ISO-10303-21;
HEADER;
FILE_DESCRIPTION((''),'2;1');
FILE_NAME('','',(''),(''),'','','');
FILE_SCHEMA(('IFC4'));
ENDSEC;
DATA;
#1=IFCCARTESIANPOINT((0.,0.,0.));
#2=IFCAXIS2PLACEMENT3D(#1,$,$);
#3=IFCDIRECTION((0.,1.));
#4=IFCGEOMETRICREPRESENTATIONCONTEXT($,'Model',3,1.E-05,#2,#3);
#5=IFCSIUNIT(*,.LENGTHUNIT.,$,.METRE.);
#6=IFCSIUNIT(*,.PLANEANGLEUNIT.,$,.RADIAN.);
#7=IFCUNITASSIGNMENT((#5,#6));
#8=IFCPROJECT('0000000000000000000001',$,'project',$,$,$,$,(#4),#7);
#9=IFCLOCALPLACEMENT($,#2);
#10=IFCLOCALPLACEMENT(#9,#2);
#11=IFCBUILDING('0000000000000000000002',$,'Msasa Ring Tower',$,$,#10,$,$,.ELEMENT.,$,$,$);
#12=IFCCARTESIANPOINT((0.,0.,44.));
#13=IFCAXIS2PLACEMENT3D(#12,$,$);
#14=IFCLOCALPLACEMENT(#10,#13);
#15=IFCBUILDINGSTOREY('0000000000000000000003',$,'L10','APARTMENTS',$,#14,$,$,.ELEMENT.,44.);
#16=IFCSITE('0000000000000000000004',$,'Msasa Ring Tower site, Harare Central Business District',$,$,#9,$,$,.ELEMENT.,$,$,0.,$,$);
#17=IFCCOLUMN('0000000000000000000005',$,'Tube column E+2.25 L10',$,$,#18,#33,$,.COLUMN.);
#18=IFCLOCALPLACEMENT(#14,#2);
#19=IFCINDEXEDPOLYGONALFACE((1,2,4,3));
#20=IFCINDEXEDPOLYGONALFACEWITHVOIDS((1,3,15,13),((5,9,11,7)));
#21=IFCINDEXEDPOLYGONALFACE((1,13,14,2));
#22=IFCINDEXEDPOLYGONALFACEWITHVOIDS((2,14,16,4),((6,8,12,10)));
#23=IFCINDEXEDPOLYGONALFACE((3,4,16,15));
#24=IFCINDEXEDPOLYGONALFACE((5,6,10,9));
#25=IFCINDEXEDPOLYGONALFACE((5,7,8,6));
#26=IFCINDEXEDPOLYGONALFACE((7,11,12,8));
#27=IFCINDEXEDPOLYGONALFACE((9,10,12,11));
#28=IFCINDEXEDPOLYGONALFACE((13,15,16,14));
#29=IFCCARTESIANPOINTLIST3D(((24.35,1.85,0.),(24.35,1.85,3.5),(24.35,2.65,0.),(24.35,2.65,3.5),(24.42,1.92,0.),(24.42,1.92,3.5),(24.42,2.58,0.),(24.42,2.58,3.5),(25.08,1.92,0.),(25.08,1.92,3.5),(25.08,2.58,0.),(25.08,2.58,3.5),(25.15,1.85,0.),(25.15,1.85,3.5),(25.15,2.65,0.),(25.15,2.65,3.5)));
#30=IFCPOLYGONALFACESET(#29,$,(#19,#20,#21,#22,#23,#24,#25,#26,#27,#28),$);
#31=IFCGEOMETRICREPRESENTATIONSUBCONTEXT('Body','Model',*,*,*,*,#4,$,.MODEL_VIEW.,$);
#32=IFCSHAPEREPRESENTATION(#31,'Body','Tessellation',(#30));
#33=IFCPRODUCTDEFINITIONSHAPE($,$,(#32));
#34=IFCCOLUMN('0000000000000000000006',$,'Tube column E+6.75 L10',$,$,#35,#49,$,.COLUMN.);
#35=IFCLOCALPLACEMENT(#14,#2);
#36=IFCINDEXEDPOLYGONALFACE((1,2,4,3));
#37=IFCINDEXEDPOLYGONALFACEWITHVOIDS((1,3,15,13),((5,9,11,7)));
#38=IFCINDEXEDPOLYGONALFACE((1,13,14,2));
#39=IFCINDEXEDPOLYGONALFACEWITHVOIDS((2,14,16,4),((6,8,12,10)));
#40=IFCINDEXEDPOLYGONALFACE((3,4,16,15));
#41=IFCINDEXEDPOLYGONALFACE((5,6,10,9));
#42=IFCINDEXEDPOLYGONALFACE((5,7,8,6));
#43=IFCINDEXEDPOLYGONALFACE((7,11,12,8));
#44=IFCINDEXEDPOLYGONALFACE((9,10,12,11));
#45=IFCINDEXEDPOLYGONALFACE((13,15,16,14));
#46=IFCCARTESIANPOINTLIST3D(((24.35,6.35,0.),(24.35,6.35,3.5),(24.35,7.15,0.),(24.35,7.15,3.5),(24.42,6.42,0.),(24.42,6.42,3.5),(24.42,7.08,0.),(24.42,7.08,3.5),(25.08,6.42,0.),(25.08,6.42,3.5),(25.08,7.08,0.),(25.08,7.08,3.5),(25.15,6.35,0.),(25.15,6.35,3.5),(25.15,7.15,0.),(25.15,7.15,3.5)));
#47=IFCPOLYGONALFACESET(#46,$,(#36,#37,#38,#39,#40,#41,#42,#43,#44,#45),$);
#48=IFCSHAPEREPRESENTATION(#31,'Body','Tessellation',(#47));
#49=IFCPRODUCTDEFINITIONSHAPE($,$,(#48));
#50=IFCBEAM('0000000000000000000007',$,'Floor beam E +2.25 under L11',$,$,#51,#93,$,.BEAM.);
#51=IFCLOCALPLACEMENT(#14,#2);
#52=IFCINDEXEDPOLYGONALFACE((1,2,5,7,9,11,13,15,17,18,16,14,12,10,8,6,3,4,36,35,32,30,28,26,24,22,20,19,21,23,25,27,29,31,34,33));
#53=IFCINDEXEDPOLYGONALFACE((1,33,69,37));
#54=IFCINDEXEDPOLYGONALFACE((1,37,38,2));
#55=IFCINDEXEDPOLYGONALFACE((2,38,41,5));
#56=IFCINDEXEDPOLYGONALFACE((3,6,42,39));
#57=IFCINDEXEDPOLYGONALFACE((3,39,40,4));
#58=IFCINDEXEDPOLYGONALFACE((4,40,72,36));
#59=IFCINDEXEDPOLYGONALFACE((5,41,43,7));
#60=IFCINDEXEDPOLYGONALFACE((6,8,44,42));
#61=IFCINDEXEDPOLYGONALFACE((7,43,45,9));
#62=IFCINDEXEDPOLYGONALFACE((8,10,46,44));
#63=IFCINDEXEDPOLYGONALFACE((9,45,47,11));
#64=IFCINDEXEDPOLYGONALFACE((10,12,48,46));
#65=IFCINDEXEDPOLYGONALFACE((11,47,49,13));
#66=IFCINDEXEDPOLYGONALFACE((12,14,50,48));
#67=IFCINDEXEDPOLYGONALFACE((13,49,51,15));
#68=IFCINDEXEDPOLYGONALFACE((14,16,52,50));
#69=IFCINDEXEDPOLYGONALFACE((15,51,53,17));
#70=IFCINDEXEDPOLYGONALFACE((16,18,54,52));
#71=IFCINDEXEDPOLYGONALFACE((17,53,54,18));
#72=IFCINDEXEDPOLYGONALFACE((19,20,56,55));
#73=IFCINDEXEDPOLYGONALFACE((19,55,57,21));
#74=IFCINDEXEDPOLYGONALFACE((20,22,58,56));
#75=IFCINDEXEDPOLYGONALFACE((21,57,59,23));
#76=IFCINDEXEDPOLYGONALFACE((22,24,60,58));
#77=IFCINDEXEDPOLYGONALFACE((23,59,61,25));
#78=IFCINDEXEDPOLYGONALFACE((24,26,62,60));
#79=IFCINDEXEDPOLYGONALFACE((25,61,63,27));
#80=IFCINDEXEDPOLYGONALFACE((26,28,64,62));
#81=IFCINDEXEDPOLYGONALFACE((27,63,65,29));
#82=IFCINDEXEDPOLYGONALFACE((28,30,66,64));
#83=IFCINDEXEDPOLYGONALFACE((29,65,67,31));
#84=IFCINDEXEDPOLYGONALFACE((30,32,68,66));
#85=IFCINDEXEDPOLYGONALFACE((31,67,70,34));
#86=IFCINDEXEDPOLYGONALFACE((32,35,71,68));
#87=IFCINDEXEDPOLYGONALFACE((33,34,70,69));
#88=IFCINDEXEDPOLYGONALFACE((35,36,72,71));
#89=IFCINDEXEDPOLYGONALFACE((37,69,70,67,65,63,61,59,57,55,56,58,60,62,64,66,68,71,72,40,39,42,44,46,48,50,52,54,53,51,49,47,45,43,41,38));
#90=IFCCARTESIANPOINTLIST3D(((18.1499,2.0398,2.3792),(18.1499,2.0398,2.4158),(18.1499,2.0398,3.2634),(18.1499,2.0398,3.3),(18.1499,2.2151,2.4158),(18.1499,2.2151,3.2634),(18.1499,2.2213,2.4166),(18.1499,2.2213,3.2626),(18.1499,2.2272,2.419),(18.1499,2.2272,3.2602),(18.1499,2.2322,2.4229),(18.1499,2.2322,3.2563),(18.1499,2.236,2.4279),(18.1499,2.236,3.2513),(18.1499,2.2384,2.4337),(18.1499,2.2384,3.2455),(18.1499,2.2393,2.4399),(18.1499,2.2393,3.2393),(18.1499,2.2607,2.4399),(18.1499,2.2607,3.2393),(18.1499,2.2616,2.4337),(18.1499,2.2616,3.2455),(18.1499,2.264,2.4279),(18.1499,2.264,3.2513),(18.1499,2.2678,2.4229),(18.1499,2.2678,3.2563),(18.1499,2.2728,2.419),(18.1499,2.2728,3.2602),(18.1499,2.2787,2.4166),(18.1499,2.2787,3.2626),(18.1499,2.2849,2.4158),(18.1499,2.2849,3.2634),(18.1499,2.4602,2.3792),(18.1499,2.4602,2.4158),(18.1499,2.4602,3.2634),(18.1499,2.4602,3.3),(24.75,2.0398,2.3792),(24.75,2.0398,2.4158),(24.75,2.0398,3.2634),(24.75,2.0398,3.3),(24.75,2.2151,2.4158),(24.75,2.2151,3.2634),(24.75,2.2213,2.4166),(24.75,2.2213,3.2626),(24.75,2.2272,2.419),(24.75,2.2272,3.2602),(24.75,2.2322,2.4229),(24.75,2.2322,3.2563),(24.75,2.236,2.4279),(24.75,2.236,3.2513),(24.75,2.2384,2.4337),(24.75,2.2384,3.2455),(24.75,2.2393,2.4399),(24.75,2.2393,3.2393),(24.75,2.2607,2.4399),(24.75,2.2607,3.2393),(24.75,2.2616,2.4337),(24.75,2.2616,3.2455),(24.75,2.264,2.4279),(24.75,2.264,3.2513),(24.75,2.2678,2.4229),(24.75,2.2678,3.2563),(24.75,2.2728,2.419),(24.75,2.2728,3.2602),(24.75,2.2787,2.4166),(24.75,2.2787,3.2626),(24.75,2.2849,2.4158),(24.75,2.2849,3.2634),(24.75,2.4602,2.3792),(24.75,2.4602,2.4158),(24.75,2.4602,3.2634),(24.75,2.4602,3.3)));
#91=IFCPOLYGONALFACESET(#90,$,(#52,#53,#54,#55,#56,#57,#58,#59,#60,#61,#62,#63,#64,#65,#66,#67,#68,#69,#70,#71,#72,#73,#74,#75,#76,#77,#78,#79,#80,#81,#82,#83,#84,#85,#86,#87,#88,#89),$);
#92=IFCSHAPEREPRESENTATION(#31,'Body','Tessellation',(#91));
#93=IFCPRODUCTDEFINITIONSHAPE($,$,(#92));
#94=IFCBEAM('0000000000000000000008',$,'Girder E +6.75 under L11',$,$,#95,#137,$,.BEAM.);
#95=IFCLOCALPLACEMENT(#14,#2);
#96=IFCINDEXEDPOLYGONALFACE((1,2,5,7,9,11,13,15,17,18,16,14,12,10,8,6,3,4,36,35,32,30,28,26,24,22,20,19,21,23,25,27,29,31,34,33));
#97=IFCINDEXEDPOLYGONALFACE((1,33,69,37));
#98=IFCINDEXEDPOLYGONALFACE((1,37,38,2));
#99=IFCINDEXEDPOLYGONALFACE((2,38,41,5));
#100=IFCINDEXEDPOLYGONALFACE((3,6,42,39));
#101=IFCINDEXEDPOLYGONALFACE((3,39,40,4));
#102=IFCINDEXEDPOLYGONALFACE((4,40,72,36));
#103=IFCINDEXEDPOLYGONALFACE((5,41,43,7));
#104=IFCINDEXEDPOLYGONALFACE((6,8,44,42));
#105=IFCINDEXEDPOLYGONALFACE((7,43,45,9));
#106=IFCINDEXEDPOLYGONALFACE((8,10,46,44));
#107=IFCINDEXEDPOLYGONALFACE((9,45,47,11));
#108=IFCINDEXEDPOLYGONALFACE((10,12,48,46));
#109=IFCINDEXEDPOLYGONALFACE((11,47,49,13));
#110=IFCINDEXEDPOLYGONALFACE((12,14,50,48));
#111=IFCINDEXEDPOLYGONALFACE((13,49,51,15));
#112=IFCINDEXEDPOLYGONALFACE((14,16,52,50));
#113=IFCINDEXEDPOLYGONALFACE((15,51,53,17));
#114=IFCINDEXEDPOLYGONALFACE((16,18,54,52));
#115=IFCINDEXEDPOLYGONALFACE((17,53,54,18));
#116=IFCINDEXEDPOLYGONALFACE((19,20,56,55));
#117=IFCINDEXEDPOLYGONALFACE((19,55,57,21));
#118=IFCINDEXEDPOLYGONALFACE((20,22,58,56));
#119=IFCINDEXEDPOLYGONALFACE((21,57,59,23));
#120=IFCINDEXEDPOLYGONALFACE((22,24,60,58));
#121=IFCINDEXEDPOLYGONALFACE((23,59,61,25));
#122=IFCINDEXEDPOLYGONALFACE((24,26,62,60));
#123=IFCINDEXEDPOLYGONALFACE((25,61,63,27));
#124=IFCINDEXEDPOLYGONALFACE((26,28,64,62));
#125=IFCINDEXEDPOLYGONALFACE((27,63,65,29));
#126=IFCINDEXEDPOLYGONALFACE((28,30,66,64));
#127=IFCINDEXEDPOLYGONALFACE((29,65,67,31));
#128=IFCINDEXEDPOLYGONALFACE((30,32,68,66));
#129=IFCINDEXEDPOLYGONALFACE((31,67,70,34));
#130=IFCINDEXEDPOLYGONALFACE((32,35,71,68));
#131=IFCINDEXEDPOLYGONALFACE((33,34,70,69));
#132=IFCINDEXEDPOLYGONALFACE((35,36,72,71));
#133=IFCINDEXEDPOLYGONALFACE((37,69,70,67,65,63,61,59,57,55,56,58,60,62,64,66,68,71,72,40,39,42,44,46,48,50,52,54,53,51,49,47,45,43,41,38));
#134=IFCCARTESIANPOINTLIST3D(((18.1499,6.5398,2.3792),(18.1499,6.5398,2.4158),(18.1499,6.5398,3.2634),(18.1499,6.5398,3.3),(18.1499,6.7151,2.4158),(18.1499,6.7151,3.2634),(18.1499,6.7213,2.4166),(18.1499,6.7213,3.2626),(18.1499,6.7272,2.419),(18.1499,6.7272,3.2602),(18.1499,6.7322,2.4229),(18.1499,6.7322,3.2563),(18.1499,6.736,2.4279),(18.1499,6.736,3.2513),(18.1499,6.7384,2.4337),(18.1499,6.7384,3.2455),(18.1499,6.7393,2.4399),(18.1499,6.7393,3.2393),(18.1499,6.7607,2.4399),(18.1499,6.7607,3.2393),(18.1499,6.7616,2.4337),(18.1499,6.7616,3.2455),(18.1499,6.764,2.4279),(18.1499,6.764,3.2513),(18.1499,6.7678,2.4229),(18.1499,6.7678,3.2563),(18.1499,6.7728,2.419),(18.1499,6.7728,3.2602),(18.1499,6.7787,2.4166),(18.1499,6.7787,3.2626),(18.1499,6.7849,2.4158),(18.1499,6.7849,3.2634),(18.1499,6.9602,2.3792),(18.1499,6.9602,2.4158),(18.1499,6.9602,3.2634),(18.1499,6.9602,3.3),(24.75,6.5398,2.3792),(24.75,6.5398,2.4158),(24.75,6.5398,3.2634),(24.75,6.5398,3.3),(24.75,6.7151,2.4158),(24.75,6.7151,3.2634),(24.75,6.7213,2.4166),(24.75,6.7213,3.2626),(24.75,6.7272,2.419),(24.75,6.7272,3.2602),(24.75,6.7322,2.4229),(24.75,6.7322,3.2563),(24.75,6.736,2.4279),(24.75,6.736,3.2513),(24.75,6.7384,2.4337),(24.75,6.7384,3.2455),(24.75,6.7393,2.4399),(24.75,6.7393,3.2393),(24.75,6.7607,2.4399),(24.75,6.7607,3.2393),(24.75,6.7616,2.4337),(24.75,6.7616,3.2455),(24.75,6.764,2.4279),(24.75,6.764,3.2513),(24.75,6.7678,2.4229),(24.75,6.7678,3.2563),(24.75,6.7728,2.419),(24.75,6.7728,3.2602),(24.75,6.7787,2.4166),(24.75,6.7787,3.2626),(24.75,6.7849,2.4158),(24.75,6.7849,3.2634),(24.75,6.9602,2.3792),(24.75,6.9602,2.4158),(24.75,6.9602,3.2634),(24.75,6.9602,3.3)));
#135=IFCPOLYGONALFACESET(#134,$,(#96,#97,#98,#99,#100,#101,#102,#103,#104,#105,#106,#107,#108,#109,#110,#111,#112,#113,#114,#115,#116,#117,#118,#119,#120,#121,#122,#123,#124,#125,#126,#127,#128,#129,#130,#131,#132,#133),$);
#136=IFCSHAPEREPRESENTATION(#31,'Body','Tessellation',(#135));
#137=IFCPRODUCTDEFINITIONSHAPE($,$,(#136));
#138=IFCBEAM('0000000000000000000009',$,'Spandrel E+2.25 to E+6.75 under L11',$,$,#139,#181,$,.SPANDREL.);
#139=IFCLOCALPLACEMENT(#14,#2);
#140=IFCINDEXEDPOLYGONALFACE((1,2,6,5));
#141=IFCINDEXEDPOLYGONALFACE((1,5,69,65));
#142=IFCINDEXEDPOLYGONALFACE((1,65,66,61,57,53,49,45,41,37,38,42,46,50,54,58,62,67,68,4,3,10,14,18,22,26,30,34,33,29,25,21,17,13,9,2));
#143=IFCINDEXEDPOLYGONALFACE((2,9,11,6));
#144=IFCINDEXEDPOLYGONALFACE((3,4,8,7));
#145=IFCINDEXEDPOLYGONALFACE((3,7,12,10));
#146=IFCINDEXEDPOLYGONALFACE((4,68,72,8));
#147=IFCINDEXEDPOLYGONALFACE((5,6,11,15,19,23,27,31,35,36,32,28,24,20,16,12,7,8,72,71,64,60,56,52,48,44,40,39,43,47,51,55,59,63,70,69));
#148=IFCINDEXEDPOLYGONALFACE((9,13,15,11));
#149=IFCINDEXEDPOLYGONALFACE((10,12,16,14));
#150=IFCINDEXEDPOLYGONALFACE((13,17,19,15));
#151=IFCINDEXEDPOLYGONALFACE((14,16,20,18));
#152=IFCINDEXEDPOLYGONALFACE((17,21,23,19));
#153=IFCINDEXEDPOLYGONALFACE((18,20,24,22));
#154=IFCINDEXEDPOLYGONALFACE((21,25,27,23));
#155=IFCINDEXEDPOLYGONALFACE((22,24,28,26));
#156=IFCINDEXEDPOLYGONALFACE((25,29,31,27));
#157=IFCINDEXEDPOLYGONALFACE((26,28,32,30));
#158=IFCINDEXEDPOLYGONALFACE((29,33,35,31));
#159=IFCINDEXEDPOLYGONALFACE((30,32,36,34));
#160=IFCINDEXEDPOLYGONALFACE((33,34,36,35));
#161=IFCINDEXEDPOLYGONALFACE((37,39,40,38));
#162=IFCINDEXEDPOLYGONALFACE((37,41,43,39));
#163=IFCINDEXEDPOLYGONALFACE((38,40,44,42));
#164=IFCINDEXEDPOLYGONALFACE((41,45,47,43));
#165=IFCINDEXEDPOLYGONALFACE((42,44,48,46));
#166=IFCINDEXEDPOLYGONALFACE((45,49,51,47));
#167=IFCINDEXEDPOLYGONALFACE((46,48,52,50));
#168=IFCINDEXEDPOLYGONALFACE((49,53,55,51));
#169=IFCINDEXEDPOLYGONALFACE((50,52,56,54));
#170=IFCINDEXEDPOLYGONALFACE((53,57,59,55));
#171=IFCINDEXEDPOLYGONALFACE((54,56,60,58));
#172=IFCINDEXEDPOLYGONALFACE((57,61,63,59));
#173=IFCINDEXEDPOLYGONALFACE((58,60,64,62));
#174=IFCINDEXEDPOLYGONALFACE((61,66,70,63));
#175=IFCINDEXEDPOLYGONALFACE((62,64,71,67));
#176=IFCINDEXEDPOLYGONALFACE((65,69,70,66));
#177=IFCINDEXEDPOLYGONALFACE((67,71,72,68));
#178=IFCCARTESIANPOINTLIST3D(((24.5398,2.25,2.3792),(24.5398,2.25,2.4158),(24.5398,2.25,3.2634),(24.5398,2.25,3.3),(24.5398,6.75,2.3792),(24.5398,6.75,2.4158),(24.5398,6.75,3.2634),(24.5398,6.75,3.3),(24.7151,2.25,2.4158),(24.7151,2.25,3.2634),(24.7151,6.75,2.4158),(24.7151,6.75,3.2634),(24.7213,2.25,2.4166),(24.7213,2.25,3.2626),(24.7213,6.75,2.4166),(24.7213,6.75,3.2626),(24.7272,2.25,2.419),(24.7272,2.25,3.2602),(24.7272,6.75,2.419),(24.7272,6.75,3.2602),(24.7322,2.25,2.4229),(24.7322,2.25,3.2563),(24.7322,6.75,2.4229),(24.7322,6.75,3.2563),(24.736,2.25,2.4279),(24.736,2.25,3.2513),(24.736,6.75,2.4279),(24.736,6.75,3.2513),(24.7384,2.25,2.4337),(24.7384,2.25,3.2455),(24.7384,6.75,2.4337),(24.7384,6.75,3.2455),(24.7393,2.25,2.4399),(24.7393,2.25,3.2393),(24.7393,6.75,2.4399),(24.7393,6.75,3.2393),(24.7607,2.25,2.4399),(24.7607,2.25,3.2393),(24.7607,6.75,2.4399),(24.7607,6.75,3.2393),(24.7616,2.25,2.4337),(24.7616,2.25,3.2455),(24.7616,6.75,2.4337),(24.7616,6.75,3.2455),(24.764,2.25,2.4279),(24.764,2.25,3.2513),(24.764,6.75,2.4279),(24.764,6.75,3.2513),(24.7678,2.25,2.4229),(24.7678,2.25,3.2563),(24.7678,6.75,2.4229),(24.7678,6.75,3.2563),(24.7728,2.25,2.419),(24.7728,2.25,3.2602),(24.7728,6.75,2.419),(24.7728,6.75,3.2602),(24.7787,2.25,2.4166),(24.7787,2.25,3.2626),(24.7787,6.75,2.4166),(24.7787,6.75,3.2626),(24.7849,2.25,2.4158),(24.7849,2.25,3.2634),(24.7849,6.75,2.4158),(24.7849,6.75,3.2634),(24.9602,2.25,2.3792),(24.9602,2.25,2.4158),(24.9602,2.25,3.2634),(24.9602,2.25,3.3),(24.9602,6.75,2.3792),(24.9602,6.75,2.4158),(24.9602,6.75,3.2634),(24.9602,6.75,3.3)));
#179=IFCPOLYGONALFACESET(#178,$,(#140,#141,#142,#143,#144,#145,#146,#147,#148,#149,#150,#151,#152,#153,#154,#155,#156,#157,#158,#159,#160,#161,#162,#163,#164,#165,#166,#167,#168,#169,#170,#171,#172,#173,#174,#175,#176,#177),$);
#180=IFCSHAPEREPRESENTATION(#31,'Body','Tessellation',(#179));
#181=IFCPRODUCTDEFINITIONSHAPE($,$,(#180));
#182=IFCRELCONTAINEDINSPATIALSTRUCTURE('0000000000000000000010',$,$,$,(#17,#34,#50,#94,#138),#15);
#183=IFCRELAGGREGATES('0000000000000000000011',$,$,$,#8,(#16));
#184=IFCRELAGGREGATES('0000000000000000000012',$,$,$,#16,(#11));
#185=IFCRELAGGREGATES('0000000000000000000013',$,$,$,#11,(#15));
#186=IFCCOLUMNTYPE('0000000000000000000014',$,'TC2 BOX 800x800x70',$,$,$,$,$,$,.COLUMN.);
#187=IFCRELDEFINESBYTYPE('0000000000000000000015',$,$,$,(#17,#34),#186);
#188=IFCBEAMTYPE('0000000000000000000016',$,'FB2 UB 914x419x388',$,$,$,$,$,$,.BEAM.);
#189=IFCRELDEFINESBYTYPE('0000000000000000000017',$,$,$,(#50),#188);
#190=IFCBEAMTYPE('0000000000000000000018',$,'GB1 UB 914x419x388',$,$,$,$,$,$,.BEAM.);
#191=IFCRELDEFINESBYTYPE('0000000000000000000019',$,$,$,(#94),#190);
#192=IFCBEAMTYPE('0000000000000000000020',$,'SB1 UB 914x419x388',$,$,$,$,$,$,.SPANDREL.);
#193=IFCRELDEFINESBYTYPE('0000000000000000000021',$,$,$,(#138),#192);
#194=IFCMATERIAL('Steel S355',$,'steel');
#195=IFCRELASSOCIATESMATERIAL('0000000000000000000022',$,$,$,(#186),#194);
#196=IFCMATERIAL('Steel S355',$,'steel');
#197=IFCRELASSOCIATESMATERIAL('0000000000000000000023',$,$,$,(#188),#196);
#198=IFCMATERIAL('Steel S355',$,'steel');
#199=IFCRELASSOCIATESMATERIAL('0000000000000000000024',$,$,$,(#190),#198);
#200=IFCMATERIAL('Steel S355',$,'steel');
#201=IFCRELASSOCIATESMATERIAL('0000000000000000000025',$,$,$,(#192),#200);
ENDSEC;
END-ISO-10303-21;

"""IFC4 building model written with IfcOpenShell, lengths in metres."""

from ifc_helpers import new_model, si_unit, direction, frame, origin, origin_2d, place, context, subcontext, project, spatial, hollow_rectangle, i_section, extrude, material, material_profile, profile_set, type_object, element, save


model = new_model("IFC4")

# Units and contexts
model_context = context("Model", 3, precision=1e-05, world=origin(), true_north=direction((0.0, 1.0)))
body_context = subcontext(model_context, "Body", "Model", "MODEL_VIEW")
ifc_project = project(units=[si_unit("LENGTHUNIT", "METRE"), si_unit("PLANEANGLEUNIT", "RADIAN")], contexts=[model_context])

# Site, building, storey
site_placement = place(None, origin())
site = spatial("IfcSite", under=ifc_project, at=site_placement, Name="Msasa Ring Tower site, Harare Central Business District", CompositionType="ELEMENT", RefElevation=0.0)
building_placement = place(site_placement, origin())
building = spatial("IfcBuilding", under=site, at=building_placement, Name="Msasa Ring Tower", CompositionType="ELEMENT")
storey_placement = place(building_placement, frame((0.0, 0.0, 44.0)))
storey = spatial("IfcBuildingStorey", under=building, at=storey_placement, Name="L10", Description="APARTMENTS", CompositionType="ELEMENT", Elevation=44.0)

# Columns
ifc_material_1 = material(Name="Steel S355", Category="steel")
ifc_material_profile_1 = material_profile(ifc_material_1, hollow_rectangle(XDim=0.8, YDim=0.8, WallThickness=0.0701, at=origin_2d()), Name="BOX 800x800x70")
ifc_profile_set_1 = profile_set([ifc_material_profile_1], Name="Steel S355")
column_type = type_object("IfcColumnType", Name="TC2 BOX 800x800x70", PredefinedType="COLUMN", material=ifc_profile_set_1)
for number, where, z_axis, x_axis, name in (
    (1, (24.75, 2.25, 0.0), (0.0, 0.0, 1.0), (1.0, 0.0, 0.0), "Tube column E+2.25 L10"),
    (2, (24.75, 6.75, 0.0), (0.0, 0.0, 1.0), (1.0, 0.0, 0.0), "Tube column E+6.75 L10"),
):
    element("IfcColumn", number, at=place(storey_placement, frame(where, z_axis=z_axis, x_axis=x_axis)), inside=storey, type_object=column_type, Name=name, PredefinedType="COLUMN", context=body_context, shape_type="SweptSolid", body=[
        extrude(hollow_rectangle(XDim=0.8, YDim=0.8, WallThickness=0.0701, at=origin_2d()), origin(), (0.0, 0.0, 1.0), 3.5),
    ])

# Beams
ifc_material_2 = material(Name="Steel S355", Category="steel")
ifc_material_profile_2 = material_profile(ifc_material_2, i_section(OverallWidth=0.4204, OverallDepth=0.9209, WebThickness=0.0215, FlangeThickness=0.0366, FilletRadius=0.0242, at=origin_2d()), Name="UB 914x419x388")
ifc_profile_set_2 = profile_set([ifc_material_profile_2], Name="Steel S355")
beam_type_1 = type_object("IfcBeamType", Name="FB2 UB 914x419x388", PredefinedType="BEAM", material=ifc_profile_set_2)
beam_1_placement = place(storey_placement, frame((24.75, 2.25, 2.8396), z_axis=(-1.0, 0.0, 0.0), x_axis=(0.0, -1.0, 0.0)))
element("IfcBeam", 3, at=beam_1_placement, inside=storey, type_object=beam_type_1, Name="Floor beam E +2.25 under L11", PredefinedType="BEAM", context=body_context, shape_type="SweptSolid", body=[
    extrude(i_section(OverallWidth=0.4204, OverallDepth=0.9209, WebThickness=0.0215, FlangeThickness=0.0366, FilletRadius=0.0242, at=origin_2d()), origin(), (0.0, 0.0, 1.0), 6.6001),
])
ifc_material_3 = material(Name="Steel S355", Category="steel")
ifc_material_profile_3 = material_profile(ifc_material_3, i_section(OverallWidth=0.4204, OverallDepth=0.9209, WebThickness=0.0215, FlangeThickness=0.0366, FilletRadius=0.0242, at=origin_2d()), Name="UB 914x419x388")
ifc_profile_set_3 = profile_set([ifc_material_profile_3], Name="Steel S355")
beam_type_2 = type_object("IfcBeamType", Name="GB1 UB 914x419x388", PredefinedType="BEAM", material=ifc_profile_set_3)
beam_2_placement = place(storey_placement, frame((18.1499, 6.75, 2.8396), z_axis=(1.0, 0.0, 0.0), x_axis=(0.0, 1.0, 0.0)))
element("IfcBeam", 4, at=beam_2_placement, inside=storey, type_object=beam_type_2, Name="Girder E +6.75 under L11", PredefinedType="BEAM", context=body_context, shape_type="SweptSolid", body=[
    extrude(i_section(OverallWidth=0.4204, OverallDepth=0.9209, WebThickness=0.0215, FlangeThickness=0.0366, FilletRadius=0.0242, at=origin_2d()), origin(), (0.0, 0.0, 1.0), 6.6001),
])
ifc_material_4 = material(Name="Steel S355", Category="steel")
ifc_material_profile_4 = material_profile(ifc_material_4, i_section(OverallWidth=0.4204, OverallDepth=0.9209, WebThickness=0.0215, FlangeThickness=0.0366, FilletRadius=0.0242, at=origin_2d()), Name="UB 914x419x388")
ifc_profile_set_4 = profile_set([ifc_material_profile_4], Name="Steel S355")
beam_type_3 = type_object("IfcBeamType", Name="SB1 UB 914x419x388", PredefinedType="SPANDREL", material=ifc_profile_set_4)
for number, where, z_axis, x_axis, name in (
    (5, (24.75, 2.25, 2.8396), (0.0, 1.0, 0.0), (-1.0, 0.0, 0.0), "Spandrel E+2.25 to E+6.75 under L11"),
):
    element("IfcBeam", number, at=place(storey_placement, frame(where, z_axis=z_axis, x_axis=x_axis)), inside=storey, type_object=beam_type_3, Name=name, PredefinedType="SPANDREL", context=body_context, shape_type="SweptSolid", body=[
        extrude(i_section(OverallWidth=0.4204, OverallDepth=0.9209, WebThickness=0.0215, FlangeThickness=0.0366, FilletRadius=0.0242, at=origin_2d()), origin(), (0.0, 0.0, 1.0), 4.5),
    ])

save(model, "model.ifc")
